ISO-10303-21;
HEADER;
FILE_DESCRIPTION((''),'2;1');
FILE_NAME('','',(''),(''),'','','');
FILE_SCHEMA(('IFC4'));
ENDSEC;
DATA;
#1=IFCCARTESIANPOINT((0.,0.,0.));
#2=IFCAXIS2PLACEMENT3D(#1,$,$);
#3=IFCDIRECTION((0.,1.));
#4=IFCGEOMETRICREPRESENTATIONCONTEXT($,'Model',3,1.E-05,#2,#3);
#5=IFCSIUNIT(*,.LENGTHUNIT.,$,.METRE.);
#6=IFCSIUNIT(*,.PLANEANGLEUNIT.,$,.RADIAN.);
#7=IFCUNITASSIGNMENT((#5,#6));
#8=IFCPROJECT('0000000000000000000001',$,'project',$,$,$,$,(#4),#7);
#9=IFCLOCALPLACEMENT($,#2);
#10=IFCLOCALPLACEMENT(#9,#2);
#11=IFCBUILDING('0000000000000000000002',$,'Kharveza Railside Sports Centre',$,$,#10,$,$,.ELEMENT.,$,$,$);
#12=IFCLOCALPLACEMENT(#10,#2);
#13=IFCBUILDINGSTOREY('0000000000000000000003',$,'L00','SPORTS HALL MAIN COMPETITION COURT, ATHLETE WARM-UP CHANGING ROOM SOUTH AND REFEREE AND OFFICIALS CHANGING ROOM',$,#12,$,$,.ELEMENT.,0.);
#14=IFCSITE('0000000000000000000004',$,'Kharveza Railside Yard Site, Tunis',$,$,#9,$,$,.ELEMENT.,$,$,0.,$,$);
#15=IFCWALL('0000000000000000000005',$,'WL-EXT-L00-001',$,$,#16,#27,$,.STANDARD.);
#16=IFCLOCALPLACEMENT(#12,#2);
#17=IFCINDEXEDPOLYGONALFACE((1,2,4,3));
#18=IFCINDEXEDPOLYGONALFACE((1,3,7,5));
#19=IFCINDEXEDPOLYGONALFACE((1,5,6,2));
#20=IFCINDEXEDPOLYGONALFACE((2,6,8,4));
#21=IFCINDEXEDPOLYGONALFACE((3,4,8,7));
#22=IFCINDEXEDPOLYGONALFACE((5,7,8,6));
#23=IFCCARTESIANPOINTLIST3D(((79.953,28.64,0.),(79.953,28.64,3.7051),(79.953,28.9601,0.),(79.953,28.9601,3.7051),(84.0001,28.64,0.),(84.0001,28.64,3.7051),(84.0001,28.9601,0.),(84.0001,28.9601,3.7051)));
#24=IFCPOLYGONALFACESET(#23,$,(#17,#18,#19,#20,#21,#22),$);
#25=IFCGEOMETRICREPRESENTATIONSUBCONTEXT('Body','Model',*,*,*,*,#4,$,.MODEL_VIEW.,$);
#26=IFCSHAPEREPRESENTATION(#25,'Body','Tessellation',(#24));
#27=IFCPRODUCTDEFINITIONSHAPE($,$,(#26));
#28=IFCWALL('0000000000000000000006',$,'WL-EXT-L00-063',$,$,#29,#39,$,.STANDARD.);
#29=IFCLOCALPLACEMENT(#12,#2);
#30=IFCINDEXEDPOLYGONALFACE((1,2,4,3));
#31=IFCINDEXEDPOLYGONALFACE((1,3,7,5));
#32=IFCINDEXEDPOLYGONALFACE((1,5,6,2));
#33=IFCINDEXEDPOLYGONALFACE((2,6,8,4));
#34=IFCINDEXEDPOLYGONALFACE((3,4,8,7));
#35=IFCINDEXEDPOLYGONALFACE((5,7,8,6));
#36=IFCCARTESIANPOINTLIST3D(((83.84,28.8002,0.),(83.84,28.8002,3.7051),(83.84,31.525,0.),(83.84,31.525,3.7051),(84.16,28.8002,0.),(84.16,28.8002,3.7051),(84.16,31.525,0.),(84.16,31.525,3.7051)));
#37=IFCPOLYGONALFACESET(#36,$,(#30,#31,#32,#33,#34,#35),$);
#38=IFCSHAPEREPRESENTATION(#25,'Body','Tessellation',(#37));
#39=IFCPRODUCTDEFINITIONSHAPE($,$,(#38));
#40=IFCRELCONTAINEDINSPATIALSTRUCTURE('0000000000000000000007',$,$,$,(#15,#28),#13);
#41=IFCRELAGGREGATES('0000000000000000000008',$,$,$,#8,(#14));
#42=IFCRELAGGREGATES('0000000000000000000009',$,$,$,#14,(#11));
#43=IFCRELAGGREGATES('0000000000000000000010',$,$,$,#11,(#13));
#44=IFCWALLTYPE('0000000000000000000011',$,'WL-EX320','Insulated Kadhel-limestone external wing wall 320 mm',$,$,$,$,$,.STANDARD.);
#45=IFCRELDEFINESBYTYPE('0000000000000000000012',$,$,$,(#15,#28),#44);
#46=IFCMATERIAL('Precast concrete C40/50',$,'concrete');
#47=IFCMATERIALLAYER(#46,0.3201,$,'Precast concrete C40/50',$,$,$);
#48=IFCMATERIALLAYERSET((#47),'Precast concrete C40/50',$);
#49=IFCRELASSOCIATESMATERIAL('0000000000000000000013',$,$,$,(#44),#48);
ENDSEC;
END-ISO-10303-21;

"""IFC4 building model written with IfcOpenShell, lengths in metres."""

from ifc_helpers import new_model, si_unit, direction, frame, frame_2d, origin, place, context, subcontext, project, spatial, rectangle, extrude, material, layer, layer_set, type_object, element, save


model = new_model("IFC4")

# Units and contexts
model_context = context("Model", 3, precision=1e-05, world=origin(), true_north=direction((0.0, 1.0)))
body_context = subcontext(model_context, "Body", "Model", "MODEL_VIEW")
ifc_project = project(units=[si_unit("LENGTHUNIT", "METRE"), si_unit("PLANEANGLEUNIT", "RADIAN")], contexts=[model_context])

# Site, building, storey
site_placement = place(None, origin())
site = spatial("IfcSite", under=ifc_project, at=site_placement, Name="Kharveza Railside Yard Site, Tunis", CompositionType="ELEMENT", RefElevation=0.0)
building_placement = place(site_placement, origin())
building = spatial("IfcBuilding", under=site, at=building_placement, Name="Kharveza Railside Sports Centre", CompositionType="ELEMENT")
storey_placement = place(building_placement, origin())
storey = spatial("IfcBuildingStorey", under=building, at=storey_placement, Name="L00", Description="SPORTS HALL MAIN COMPETITION COURT, ATHLETE WARM-UP CHANGING ROOM SOUTH AND REFEREE AND OFFICIALS CHANGING ROOM", CompositionType="ELEMENT", Elevation=0.0)

# Walls
ifc_material_1 = material(Name="Precast concrete C40/50", Category="concrete")
ifc_layer_1 = layer(ifc_material_1, 0.3201, Name="Precast concrete C40/50")
ifc_layer_set_1 = layer_set([ifc_layer_1], Name="Precast concrete C40/50")
wall_type_1 = type_object("IfcWallType", Name="WL-EX320", Description="Insulated Kadhel-limestone external wing wall 320 mm", PredefinedType="STANDARD", material=ifc_layer_set_1)
wall_1_placement = place(storey_placement, frame((84.0, 28.8, 0.0), z_axis=(0.0, 0.0, 1.0), x_axis=(-1.0, 0.0, 0.0)))
element("IfcWall", 1, at=wall_1_placement, inside=storey, type_object=wall_type_1, Name="WL-EXT-L00-001", PredefinedType="STANDARD", context=body_context, shape_type="SweptSolid", body=[
    extrude(rectangle(XDim=4.0471, YDim=0.3201, at=frame_2d((2.0234, 0.0))), origin(), (0.0, 0.0, 1.0), 3.7051),
])
wall_2_placement = place(storey_placement, frame((84.0, 31.5249, 0.0), z_axis=(0.0, 0.0, 1.0), x_axis=(0.0, -1.0, 0.0)))
element("IfcWall", 2, at=wall_2_placement, inside=storey, type_object=wall_type_1, Name="WL-EXT-L00-063", PredefinedType="STANDARD", context=body_context, shape_type="SweptSolid", body=[
    extrude(rectangle(XDim=2.7249, YDim=0.3201, at=frame_2d((1.3623, 0.0))), origin(), (0.0, 0.0, 1.0), 3.7051),
])

save(model, "model.ifc")
